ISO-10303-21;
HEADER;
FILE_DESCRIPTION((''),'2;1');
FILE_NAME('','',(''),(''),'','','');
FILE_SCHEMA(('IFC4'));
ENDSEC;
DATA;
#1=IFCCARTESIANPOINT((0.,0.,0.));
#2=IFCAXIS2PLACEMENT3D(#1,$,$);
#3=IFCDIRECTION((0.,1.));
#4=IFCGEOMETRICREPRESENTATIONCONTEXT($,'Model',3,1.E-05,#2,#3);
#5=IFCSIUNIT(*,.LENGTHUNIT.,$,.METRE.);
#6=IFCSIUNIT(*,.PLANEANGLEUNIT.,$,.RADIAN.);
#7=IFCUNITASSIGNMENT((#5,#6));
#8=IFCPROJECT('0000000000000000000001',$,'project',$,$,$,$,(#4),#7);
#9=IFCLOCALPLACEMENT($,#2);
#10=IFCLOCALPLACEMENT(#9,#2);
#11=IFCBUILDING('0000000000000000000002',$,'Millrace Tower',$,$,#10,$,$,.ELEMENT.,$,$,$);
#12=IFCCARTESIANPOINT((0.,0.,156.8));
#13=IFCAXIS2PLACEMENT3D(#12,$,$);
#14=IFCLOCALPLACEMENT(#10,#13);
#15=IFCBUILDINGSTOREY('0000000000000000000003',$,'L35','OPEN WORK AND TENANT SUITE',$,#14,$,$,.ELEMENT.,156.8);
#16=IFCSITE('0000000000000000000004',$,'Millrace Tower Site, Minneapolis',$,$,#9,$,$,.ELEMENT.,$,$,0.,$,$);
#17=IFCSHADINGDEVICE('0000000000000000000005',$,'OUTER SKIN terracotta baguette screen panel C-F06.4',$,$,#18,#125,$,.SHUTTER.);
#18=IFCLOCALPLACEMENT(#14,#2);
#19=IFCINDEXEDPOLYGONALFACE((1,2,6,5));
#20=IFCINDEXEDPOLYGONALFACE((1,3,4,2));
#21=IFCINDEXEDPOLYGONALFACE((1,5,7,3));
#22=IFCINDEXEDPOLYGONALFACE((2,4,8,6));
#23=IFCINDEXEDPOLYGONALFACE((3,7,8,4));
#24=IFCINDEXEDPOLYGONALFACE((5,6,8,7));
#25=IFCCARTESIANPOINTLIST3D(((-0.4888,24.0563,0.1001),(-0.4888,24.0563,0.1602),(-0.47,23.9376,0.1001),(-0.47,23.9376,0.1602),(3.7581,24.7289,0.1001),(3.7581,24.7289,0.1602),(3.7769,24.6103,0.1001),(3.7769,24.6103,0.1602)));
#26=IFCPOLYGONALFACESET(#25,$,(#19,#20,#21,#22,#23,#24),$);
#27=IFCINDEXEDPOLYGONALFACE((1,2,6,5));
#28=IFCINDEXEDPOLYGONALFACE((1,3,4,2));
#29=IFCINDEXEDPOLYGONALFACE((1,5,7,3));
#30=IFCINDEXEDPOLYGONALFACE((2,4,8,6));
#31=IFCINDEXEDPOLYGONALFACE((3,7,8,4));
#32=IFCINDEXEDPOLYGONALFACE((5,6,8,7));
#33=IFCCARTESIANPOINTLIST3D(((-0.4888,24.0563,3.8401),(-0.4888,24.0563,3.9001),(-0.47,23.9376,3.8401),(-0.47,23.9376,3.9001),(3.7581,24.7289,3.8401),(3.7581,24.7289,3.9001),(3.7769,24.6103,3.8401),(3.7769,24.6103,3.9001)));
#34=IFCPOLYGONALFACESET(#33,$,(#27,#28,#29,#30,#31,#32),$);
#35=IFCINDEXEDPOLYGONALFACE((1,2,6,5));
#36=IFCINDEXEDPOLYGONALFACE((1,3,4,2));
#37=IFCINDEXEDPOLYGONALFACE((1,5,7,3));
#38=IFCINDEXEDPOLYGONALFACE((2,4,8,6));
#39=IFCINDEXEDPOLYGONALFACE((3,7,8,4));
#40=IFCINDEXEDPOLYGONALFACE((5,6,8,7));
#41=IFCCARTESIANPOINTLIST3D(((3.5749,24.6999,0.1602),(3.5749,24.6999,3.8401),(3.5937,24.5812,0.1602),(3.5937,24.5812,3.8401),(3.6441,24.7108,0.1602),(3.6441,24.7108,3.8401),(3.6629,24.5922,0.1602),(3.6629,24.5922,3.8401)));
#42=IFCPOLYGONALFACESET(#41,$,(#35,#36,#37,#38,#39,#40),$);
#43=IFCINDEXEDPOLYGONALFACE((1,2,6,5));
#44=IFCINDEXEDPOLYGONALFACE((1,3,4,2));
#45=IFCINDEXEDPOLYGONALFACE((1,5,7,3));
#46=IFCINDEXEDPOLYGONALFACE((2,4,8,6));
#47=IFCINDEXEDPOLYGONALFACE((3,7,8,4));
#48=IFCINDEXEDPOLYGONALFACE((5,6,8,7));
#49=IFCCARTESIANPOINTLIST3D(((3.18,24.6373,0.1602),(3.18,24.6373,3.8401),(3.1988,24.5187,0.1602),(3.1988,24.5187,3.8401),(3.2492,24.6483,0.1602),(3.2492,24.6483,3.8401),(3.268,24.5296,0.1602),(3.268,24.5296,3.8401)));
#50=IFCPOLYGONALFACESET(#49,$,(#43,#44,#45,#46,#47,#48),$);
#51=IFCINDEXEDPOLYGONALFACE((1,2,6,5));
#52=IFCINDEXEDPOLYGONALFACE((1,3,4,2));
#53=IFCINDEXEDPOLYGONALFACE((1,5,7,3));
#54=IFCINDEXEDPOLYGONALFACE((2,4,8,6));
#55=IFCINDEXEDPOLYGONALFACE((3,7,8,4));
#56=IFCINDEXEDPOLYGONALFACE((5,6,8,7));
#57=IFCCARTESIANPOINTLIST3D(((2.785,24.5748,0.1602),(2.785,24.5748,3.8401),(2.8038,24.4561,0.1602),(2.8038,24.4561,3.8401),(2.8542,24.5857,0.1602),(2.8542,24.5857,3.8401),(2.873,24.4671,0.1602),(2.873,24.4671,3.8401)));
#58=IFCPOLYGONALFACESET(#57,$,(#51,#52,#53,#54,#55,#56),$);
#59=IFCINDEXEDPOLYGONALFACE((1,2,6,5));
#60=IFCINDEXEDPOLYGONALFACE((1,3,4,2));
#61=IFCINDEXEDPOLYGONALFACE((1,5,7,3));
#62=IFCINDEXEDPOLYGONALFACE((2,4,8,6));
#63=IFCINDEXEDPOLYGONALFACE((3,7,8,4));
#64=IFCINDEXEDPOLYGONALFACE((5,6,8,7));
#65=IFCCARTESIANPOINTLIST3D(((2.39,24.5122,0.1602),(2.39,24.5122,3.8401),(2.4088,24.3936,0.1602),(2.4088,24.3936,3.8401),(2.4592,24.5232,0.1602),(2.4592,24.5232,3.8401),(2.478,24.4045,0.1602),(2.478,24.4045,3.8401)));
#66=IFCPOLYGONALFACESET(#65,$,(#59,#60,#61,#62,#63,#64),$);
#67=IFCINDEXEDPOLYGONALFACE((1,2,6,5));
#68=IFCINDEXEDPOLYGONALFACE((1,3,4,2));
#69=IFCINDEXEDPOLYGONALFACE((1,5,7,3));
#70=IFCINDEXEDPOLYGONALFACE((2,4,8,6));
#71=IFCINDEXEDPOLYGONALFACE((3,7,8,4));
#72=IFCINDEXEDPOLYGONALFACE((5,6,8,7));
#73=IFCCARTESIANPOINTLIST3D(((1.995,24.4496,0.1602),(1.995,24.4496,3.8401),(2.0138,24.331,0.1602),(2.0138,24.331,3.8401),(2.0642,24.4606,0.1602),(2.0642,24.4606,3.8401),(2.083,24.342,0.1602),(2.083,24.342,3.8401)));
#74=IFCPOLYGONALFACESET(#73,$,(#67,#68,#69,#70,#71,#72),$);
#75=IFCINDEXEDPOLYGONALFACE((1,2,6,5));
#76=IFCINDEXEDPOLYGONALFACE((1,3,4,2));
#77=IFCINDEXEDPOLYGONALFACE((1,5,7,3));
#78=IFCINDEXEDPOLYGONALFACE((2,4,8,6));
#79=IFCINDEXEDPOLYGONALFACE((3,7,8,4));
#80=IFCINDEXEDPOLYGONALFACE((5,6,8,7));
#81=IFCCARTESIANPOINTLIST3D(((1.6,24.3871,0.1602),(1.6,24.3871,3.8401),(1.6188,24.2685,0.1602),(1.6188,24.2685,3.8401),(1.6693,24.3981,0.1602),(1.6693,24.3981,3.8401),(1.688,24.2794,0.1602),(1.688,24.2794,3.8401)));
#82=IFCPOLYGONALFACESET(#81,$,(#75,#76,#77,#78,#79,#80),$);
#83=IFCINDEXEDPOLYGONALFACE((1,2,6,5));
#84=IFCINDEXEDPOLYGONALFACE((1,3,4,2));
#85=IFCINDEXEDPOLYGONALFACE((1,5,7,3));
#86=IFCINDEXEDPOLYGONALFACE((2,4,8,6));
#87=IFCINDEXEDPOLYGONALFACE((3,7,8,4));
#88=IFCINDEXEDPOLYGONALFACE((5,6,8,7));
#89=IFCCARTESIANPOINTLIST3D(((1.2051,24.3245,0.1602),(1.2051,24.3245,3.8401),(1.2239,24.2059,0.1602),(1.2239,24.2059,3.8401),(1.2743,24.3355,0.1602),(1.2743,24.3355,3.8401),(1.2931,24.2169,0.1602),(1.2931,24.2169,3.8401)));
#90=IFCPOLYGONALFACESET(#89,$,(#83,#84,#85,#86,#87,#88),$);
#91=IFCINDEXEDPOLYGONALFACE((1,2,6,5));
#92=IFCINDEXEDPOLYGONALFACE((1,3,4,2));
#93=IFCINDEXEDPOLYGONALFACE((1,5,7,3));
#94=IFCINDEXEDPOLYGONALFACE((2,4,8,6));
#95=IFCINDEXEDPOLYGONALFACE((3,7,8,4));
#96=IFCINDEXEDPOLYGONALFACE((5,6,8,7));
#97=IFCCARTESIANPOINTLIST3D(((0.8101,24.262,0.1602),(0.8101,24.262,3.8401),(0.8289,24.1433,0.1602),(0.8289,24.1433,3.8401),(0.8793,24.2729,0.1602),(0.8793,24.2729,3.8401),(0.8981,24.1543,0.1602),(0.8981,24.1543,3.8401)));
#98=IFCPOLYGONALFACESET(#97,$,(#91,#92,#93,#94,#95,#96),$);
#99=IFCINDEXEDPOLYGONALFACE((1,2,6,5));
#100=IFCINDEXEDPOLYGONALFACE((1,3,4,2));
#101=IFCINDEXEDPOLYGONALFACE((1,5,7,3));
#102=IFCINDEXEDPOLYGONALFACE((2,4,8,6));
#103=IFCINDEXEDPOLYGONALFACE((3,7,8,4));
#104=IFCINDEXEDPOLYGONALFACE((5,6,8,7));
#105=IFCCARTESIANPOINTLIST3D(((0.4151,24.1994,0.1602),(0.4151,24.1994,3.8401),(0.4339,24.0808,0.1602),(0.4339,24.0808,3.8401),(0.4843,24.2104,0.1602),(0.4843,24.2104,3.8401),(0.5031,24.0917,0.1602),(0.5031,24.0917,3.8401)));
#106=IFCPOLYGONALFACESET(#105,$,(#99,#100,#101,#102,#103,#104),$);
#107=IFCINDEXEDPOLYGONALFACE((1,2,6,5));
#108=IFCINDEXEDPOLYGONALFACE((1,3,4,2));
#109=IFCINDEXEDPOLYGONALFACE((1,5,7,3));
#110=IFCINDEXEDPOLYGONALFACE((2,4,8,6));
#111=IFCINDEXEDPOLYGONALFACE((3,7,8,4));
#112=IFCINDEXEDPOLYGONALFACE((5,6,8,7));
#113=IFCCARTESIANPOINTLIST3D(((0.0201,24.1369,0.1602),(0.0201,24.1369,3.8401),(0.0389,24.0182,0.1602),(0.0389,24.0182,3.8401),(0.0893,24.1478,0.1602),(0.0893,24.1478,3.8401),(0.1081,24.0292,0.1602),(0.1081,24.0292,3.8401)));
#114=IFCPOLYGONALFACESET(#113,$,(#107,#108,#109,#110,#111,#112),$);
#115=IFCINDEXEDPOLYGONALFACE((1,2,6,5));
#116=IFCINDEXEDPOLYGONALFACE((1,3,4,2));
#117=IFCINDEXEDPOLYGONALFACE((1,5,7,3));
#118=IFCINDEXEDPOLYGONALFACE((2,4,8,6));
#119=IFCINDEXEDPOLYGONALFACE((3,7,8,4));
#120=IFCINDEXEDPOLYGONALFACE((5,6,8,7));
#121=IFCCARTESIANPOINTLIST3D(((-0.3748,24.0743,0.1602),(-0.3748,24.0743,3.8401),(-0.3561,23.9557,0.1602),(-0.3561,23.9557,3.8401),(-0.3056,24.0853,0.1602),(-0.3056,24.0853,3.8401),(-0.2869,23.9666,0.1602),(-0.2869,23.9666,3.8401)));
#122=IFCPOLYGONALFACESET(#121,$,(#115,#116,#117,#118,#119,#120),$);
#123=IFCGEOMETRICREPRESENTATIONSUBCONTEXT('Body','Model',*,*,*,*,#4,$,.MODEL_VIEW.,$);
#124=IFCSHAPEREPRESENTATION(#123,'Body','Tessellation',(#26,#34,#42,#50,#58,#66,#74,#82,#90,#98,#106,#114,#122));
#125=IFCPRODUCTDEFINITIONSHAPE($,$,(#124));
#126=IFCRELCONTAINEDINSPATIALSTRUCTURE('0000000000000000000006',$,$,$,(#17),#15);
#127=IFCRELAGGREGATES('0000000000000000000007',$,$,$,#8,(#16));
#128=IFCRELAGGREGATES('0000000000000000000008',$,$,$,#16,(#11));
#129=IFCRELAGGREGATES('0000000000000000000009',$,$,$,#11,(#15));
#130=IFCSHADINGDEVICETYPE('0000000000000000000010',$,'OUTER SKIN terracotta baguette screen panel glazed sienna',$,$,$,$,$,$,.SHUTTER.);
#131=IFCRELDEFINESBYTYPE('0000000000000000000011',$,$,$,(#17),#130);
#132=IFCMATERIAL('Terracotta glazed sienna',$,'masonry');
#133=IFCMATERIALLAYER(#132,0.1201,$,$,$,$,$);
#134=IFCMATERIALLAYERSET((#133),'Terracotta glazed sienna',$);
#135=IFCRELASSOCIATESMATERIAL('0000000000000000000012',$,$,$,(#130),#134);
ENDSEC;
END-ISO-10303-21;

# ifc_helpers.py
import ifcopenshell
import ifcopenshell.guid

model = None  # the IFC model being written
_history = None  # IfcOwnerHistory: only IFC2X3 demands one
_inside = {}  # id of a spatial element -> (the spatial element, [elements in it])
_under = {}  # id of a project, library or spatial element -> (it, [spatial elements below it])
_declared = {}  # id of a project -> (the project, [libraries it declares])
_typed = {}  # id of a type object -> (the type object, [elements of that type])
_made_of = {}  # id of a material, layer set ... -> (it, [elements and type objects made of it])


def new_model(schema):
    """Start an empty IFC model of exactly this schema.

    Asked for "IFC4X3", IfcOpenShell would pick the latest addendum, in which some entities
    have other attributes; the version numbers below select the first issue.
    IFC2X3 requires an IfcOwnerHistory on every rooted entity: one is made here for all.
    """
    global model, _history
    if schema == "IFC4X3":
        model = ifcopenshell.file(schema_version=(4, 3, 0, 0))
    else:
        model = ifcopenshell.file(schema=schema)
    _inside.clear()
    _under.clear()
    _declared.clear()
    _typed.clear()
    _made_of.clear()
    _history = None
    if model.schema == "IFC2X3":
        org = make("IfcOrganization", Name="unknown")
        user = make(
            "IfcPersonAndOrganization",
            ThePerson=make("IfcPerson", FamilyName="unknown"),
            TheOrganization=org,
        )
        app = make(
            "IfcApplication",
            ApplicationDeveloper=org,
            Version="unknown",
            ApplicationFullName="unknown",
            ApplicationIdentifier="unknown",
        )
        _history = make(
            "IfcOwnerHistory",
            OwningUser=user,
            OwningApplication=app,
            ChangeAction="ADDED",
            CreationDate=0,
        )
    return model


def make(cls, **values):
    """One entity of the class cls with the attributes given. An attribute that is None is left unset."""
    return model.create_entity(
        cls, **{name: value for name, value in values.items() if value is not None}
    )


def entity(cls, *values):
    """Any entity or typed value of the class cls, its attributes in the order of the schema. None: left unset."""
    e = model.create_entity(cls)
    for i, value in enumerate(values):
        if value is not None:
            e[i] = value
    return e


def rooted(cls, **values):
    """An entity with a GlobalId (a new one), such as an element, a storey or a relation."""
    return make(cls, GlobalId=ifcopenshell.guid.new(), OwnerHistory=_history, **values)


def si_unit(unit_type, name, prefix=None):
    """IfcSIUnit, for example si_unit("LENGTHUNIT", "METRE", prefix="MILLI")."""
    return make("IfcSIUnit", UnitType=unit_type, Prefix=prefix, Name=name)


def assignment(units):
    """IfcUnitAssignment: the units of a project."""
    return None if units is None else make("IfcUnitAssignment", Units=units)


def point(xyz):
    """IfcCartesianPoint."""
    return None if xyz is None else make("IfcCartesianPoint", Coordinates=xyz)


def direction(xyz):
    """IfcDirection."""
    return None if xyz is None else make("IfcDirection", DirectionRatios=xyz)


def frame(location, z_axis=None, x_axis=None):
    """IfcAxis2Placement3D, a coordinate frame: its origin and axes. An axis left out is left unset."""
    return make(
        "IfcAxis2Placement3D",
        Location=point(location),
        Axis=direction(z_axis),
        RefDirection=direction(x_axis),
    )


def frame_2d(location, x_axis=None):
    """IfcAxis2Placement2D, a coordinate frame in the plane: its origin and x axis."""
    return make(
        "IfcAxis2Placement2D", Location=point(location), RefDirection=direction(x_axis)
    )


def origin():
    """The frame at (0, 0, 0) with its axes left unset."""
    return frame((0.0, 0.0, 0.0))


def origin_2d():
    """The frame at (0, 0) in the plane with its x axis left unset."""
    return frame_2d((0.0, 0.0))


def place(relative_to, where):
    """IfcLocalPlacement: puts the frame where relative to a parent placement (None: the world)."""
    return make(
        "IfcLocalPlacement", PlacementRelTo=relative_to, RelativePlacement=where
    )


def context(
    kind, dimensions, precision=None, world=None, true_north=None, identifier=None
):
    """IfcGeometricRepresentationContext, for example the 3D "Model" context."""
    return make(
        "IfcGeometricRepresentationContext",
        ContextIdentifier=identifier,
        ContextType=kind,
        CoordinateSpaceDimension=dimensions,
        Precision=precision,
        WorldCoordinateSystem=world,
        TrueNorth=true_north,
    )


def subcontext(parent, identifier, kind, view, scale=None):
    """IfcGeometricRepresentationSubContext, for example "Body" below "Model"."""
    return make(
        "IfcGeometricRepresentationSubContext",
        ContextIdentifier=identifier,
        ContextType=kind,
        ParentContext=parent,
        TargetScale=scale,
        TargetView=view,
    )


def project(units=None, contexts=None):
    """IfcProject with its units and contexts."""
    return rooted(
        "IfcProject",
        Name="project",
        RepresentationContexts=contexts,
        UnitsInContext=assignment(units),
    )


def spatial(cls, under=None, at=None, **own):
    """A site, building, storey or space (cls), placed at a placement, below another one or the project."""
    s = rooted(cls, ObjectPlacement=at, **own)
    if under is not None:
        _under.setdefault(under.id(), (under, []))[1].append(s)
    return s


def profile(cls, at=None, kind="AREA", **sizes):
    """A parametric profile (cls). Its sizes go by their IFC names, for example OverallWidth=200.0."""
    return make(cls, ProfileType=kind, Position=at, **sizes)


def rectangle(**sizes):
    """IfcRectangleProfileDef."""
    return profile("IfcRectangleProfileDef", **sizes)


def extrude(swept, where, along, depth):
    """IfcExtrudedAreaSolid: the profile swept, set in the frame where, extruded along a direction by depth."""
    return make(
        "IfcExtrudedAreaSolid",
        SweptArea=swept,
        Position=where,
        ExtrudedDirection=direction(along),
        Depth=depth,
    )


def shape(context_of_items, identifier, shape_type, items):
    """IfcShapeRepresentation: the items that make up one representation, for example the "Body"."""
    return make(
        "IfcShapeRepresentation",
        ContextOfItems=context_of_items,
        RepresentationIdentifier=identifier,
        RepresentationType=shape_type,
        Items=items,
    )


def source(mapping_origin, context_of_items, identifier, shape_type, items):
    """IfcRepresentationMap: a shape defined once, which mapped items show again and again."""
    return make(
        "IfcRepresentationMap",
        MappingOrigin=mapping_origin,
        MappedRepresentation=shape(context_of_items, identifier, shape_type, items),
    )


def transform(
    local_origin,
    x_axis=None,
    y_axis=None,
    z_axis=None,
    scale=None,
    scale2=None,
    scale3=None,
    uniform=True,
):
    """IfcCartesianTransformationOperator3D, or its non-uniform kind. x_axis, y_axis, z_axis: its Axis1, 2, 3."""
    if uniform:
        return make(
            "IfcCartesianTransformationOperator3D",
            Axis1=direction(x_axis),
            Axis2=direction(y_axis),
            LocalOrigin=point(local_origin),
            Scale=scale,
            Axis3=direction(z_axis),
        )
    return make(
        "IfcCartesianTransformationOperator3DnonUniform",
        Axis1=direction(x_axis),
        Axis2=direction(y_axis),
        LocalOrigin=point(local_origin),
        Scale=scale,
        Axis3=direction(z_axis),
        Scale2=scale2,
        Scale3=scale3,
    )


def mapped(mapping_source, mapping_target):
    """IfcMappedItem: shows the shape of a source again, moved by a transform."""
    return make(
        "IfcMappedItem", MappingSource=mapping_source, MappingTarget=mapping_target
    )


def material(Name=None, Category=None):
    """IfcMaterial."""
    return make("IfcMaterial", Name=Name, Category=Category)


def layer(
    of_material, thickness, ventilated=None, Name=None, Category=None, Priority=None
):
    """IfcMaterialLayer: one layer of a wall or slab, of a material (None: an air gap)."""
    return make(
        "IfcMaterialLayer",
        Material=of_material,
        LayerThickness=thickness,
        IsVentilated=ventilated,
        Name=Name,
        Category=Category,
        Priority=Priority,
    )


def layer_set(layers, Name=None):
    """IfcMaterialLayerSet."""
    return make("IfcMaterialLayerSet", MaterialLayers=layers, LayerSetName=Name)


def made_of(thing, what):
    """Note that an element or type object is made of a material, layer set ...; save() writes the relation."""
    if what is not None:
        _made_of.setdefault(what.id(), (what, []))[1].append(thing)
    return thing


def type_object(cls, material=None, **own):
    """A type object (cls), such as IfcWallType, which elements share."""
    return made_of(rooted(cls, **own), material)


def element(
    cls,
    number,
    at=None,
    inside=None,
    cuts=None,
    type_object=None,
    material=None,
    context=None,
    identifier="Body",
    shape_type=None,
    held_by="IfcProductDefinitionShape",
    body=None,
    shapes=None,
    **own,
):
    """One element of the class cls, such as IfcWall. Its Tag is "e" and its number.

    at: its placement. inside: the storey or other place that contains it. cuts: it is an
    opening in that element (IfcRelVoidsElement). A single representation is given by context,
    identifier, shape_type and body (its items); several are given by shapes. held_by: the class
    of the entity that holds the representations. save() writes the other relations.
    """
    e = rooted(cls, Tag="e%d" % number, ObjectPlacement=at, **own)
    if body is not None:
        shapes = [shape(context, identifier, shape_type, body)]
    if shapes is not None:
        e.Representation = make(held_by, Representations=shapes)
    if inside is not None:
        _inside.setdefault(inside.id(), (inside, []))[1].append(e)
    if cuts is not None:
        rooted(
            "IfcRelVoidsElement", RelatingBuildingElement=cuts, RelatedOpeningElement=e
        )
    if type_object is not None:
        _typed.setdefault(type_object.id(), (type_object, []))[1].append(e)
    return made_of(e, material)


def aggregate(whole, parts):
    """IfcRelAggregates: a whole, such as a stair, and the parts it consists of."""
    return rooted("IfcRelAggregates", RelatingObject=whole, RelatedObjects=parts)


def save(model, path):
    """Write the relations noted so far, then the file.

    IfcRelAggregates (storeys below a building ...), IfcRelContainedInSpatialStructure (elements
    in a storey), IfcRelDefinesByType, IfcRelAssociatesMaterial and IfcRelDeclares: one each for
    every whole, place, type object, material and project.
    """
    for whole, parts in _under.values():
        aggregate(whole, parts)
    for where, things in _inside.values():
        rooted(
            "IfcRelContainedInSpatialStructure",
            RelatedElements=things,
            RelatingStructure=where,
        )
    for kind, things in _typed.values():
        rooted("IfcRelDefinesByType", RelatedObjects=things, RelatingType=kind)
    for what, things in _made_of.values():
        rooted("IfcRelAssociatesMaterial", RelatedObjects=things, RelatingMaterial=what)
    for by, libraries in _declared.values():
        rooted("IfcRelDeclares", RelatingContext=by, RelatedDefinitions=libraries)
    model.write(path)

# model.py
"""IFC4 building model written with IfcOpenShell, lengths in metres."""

from ifc_helpers import new_model, entity, si_unit, direction, frame, frame_2d, origin, origin_2d, place, context, subcontext, project, spatial, rectangle, extrude, source, transform, mapped, material, layer, layer_set, type_object, element, save


model = new_model("IFC4")

# Units and contexts
model_context = context("Model", 3, precision=1e-05, world=origin(), true_north=direction((0.0, 1.0)))
body_context = subcontext(model_context, "Body", "Model", "MODEL_VIEW")
ifc_project = project(units=[si_unit("LENGTHUNIT", "METRE"), si_unit("PLANEANGLEUNIT", "RADIAN")], contexts=[model_context])

# Site, building, storey
site_placement = place(None, origin())
site = spatial("IfcSite", under=ifc_project, at=site_placement, Name="Millrace Tower Site, Minneapolis", CompositionType="ELEMENT", RefElevation=0.0)
building_placement = place(site_placement, origin())
building = spatial("IfcBuilding", under=site, at=building_placement, Name="Millrace Tower", CompositionType="ELEMENT")
storey_placement = place(building_placement, frame((0.0, 0.0, 156.8)))
storey = spatial("IfcBuildingStorey", under=building, at=storey_placement, Name="L35", Description="OPEN WORK AND TENANT SUITE", CompositionType="ELEMENT", Elevation=156.8)

# Shading device
ifc_material_1 = material(Name="Terracotta glazed sienna", Category="masonry")
ifc_layer_1 = layer(ifc_material_1, 0.1201)
ifc_layer_set_1 = layer_set([ifc_layer_1], Name="Terracotta glazed sienna")
shading_device_type = type_object("IfcShadingDeviceType", Name="OUTER SKIN terracotta baguette screen panel glazed sienna", PredefinedType="SHUTTER", material=ifc_layer_set_1)
cartesian_point_1 = entity("IfcCartesianPoint", [-2.1499, 0.0601])
shared_polyline_1 = entity("IfcPolyline", [cartesian_point_1, entity("IfcCartesianPoint", [2.1499, 0.0601]), entity("IfcCartesianPoint", [2.1499, -0.0601]), entity("IfcCartesianPoint", [-2.1499, -0.0601]), cartesian_point_1])
shared_shape_1 = source(origin(), body_context, "Body", "SweptSolid", [
    entity("IfcExtrudedAreaSolid", entity("IfcArbitraryClosedProfileDef", "AREA", None, shared_polyline_1), entity("IfcAxis2Placement3D", entity("IfcCartesianPoint", [0.0, 0.0, 0.0])), entity("IfcDirection", [0.0, 0.0, 1.0]), 0.0601),
    entity("IfcExtrudedAreaSolid", entity("IfcArbitraryClosedProfileDef", "AREA", None, shared_polyline_1), entity("IfcAxis2Placement3D", entity("IfcCartesianPoint", [0.0, 0.0, 3.74])), entity("IfcDirection", [0.0, 0.0, 1.0]), 0.0601),
    extrude(rectangle(XDim=0.0701, YDim=0.1201, at=frame_2d((-1.9995, 0.0))), frame((0.0, 0.0, 0.0601)), (0.0, 0.0, 1.0), 3.6799),
    extrude(rectangle(XDim=0.0701, YDim=0.1201, at=frame_2d((-1.5996, 0.0))), frame((0.0, 0.0, 0.0601)), (0.0, 0.0, 1.0), 3.6799),
    extrude(rectangle(XDim=0.0701, YDim=0.1201, at=frame_2d((-1.1997, 0.0))), frame((0.0, 0.0, 0.0601)), (0.0, 0.0, 1.0), 3.6799),
    extrude(rectangle(XDim=0.0701, YDim=0.1201, at=frame_2d((-0.7998, 0.0))), frame((0.0, 0.0, 0.0601)), (0.0, 0.0, 1.0), 3.6799),
    extrude(rectangle(XDim=0.0701, YDim=0.1201, at=frame_2d((-0.3999, 0.0))), frame((0.0, 0.0, 0.0601)), (0.0, 0.0, 1.0), 3.6799),
    extrude(rectangle(XDim=0.0701, YDim=0.1201, at=origin_2d()), frame((0.0, 0.0, 0.0601)), (0.0, 0.0, 1.0), 3.6799),
    extrude(rectangle(XDim=0.0701, YDim=0.1201, at=frame_2d((0.3999, 0.0))), frame((0.0, 0.0, 0.0601)), (0.0, 0.0, 1.0), 3.6799),
    extrude(rectangle(XDim=0.0701, YDim=0.1201, at=frame_2d((0.7998, 0.0))), frame((0.0, 0.0, 0.0601)), (0.0, 0.0, 1.0), 3.6799),
    extrude(rectangle(XDim=0.0701, YDim=0.1201, at=frame_2d((1.1997, 0.0))), frame((0.0, 0.0, 0.0601)), (0.0, 0.0, 1.0), 3.6799),
    extrude(rectangle(XDim=0.0701, YDim=0.1201, at=frame_2d((1.5996, 0.0))), frame((0.0, 0.0, 0.0601)), (0.0, 0.0, 1.0), 3.6799),
    extrude(rectangle(XDim=0.0701, YDim=0.1201, at=frame_2d((1.9995, 0.0))), frame((0.0, 0.0, 0.0601)), (0.0, 0.0, 1.0), 3.6799),
])
for number, where, z_axis, x_axis, name in (
    (1, (1.644, 24.3333, 0.1001), (0.0, 0.0, 1.0), (-0.987688, -0.156434, 0.0), "OUTER SKIN terracotta baguette screen panel C-F06.4"),
):
    element("IfcShadingDevice", number, at=place(storey_placement, frame(where, z_axis=z_axis, x_axis=x_axis)), inside=storey, type_object=shading_device_type, Name=name, PredefinedType="SHUTTER", context=body_context, shape_type="MappedRepresentation", body=[
        mapped(shared_shape_1, transform((0.0, 0.0, 0.0), scale=1.0)),
    ])

save(model, "model.ifc")
